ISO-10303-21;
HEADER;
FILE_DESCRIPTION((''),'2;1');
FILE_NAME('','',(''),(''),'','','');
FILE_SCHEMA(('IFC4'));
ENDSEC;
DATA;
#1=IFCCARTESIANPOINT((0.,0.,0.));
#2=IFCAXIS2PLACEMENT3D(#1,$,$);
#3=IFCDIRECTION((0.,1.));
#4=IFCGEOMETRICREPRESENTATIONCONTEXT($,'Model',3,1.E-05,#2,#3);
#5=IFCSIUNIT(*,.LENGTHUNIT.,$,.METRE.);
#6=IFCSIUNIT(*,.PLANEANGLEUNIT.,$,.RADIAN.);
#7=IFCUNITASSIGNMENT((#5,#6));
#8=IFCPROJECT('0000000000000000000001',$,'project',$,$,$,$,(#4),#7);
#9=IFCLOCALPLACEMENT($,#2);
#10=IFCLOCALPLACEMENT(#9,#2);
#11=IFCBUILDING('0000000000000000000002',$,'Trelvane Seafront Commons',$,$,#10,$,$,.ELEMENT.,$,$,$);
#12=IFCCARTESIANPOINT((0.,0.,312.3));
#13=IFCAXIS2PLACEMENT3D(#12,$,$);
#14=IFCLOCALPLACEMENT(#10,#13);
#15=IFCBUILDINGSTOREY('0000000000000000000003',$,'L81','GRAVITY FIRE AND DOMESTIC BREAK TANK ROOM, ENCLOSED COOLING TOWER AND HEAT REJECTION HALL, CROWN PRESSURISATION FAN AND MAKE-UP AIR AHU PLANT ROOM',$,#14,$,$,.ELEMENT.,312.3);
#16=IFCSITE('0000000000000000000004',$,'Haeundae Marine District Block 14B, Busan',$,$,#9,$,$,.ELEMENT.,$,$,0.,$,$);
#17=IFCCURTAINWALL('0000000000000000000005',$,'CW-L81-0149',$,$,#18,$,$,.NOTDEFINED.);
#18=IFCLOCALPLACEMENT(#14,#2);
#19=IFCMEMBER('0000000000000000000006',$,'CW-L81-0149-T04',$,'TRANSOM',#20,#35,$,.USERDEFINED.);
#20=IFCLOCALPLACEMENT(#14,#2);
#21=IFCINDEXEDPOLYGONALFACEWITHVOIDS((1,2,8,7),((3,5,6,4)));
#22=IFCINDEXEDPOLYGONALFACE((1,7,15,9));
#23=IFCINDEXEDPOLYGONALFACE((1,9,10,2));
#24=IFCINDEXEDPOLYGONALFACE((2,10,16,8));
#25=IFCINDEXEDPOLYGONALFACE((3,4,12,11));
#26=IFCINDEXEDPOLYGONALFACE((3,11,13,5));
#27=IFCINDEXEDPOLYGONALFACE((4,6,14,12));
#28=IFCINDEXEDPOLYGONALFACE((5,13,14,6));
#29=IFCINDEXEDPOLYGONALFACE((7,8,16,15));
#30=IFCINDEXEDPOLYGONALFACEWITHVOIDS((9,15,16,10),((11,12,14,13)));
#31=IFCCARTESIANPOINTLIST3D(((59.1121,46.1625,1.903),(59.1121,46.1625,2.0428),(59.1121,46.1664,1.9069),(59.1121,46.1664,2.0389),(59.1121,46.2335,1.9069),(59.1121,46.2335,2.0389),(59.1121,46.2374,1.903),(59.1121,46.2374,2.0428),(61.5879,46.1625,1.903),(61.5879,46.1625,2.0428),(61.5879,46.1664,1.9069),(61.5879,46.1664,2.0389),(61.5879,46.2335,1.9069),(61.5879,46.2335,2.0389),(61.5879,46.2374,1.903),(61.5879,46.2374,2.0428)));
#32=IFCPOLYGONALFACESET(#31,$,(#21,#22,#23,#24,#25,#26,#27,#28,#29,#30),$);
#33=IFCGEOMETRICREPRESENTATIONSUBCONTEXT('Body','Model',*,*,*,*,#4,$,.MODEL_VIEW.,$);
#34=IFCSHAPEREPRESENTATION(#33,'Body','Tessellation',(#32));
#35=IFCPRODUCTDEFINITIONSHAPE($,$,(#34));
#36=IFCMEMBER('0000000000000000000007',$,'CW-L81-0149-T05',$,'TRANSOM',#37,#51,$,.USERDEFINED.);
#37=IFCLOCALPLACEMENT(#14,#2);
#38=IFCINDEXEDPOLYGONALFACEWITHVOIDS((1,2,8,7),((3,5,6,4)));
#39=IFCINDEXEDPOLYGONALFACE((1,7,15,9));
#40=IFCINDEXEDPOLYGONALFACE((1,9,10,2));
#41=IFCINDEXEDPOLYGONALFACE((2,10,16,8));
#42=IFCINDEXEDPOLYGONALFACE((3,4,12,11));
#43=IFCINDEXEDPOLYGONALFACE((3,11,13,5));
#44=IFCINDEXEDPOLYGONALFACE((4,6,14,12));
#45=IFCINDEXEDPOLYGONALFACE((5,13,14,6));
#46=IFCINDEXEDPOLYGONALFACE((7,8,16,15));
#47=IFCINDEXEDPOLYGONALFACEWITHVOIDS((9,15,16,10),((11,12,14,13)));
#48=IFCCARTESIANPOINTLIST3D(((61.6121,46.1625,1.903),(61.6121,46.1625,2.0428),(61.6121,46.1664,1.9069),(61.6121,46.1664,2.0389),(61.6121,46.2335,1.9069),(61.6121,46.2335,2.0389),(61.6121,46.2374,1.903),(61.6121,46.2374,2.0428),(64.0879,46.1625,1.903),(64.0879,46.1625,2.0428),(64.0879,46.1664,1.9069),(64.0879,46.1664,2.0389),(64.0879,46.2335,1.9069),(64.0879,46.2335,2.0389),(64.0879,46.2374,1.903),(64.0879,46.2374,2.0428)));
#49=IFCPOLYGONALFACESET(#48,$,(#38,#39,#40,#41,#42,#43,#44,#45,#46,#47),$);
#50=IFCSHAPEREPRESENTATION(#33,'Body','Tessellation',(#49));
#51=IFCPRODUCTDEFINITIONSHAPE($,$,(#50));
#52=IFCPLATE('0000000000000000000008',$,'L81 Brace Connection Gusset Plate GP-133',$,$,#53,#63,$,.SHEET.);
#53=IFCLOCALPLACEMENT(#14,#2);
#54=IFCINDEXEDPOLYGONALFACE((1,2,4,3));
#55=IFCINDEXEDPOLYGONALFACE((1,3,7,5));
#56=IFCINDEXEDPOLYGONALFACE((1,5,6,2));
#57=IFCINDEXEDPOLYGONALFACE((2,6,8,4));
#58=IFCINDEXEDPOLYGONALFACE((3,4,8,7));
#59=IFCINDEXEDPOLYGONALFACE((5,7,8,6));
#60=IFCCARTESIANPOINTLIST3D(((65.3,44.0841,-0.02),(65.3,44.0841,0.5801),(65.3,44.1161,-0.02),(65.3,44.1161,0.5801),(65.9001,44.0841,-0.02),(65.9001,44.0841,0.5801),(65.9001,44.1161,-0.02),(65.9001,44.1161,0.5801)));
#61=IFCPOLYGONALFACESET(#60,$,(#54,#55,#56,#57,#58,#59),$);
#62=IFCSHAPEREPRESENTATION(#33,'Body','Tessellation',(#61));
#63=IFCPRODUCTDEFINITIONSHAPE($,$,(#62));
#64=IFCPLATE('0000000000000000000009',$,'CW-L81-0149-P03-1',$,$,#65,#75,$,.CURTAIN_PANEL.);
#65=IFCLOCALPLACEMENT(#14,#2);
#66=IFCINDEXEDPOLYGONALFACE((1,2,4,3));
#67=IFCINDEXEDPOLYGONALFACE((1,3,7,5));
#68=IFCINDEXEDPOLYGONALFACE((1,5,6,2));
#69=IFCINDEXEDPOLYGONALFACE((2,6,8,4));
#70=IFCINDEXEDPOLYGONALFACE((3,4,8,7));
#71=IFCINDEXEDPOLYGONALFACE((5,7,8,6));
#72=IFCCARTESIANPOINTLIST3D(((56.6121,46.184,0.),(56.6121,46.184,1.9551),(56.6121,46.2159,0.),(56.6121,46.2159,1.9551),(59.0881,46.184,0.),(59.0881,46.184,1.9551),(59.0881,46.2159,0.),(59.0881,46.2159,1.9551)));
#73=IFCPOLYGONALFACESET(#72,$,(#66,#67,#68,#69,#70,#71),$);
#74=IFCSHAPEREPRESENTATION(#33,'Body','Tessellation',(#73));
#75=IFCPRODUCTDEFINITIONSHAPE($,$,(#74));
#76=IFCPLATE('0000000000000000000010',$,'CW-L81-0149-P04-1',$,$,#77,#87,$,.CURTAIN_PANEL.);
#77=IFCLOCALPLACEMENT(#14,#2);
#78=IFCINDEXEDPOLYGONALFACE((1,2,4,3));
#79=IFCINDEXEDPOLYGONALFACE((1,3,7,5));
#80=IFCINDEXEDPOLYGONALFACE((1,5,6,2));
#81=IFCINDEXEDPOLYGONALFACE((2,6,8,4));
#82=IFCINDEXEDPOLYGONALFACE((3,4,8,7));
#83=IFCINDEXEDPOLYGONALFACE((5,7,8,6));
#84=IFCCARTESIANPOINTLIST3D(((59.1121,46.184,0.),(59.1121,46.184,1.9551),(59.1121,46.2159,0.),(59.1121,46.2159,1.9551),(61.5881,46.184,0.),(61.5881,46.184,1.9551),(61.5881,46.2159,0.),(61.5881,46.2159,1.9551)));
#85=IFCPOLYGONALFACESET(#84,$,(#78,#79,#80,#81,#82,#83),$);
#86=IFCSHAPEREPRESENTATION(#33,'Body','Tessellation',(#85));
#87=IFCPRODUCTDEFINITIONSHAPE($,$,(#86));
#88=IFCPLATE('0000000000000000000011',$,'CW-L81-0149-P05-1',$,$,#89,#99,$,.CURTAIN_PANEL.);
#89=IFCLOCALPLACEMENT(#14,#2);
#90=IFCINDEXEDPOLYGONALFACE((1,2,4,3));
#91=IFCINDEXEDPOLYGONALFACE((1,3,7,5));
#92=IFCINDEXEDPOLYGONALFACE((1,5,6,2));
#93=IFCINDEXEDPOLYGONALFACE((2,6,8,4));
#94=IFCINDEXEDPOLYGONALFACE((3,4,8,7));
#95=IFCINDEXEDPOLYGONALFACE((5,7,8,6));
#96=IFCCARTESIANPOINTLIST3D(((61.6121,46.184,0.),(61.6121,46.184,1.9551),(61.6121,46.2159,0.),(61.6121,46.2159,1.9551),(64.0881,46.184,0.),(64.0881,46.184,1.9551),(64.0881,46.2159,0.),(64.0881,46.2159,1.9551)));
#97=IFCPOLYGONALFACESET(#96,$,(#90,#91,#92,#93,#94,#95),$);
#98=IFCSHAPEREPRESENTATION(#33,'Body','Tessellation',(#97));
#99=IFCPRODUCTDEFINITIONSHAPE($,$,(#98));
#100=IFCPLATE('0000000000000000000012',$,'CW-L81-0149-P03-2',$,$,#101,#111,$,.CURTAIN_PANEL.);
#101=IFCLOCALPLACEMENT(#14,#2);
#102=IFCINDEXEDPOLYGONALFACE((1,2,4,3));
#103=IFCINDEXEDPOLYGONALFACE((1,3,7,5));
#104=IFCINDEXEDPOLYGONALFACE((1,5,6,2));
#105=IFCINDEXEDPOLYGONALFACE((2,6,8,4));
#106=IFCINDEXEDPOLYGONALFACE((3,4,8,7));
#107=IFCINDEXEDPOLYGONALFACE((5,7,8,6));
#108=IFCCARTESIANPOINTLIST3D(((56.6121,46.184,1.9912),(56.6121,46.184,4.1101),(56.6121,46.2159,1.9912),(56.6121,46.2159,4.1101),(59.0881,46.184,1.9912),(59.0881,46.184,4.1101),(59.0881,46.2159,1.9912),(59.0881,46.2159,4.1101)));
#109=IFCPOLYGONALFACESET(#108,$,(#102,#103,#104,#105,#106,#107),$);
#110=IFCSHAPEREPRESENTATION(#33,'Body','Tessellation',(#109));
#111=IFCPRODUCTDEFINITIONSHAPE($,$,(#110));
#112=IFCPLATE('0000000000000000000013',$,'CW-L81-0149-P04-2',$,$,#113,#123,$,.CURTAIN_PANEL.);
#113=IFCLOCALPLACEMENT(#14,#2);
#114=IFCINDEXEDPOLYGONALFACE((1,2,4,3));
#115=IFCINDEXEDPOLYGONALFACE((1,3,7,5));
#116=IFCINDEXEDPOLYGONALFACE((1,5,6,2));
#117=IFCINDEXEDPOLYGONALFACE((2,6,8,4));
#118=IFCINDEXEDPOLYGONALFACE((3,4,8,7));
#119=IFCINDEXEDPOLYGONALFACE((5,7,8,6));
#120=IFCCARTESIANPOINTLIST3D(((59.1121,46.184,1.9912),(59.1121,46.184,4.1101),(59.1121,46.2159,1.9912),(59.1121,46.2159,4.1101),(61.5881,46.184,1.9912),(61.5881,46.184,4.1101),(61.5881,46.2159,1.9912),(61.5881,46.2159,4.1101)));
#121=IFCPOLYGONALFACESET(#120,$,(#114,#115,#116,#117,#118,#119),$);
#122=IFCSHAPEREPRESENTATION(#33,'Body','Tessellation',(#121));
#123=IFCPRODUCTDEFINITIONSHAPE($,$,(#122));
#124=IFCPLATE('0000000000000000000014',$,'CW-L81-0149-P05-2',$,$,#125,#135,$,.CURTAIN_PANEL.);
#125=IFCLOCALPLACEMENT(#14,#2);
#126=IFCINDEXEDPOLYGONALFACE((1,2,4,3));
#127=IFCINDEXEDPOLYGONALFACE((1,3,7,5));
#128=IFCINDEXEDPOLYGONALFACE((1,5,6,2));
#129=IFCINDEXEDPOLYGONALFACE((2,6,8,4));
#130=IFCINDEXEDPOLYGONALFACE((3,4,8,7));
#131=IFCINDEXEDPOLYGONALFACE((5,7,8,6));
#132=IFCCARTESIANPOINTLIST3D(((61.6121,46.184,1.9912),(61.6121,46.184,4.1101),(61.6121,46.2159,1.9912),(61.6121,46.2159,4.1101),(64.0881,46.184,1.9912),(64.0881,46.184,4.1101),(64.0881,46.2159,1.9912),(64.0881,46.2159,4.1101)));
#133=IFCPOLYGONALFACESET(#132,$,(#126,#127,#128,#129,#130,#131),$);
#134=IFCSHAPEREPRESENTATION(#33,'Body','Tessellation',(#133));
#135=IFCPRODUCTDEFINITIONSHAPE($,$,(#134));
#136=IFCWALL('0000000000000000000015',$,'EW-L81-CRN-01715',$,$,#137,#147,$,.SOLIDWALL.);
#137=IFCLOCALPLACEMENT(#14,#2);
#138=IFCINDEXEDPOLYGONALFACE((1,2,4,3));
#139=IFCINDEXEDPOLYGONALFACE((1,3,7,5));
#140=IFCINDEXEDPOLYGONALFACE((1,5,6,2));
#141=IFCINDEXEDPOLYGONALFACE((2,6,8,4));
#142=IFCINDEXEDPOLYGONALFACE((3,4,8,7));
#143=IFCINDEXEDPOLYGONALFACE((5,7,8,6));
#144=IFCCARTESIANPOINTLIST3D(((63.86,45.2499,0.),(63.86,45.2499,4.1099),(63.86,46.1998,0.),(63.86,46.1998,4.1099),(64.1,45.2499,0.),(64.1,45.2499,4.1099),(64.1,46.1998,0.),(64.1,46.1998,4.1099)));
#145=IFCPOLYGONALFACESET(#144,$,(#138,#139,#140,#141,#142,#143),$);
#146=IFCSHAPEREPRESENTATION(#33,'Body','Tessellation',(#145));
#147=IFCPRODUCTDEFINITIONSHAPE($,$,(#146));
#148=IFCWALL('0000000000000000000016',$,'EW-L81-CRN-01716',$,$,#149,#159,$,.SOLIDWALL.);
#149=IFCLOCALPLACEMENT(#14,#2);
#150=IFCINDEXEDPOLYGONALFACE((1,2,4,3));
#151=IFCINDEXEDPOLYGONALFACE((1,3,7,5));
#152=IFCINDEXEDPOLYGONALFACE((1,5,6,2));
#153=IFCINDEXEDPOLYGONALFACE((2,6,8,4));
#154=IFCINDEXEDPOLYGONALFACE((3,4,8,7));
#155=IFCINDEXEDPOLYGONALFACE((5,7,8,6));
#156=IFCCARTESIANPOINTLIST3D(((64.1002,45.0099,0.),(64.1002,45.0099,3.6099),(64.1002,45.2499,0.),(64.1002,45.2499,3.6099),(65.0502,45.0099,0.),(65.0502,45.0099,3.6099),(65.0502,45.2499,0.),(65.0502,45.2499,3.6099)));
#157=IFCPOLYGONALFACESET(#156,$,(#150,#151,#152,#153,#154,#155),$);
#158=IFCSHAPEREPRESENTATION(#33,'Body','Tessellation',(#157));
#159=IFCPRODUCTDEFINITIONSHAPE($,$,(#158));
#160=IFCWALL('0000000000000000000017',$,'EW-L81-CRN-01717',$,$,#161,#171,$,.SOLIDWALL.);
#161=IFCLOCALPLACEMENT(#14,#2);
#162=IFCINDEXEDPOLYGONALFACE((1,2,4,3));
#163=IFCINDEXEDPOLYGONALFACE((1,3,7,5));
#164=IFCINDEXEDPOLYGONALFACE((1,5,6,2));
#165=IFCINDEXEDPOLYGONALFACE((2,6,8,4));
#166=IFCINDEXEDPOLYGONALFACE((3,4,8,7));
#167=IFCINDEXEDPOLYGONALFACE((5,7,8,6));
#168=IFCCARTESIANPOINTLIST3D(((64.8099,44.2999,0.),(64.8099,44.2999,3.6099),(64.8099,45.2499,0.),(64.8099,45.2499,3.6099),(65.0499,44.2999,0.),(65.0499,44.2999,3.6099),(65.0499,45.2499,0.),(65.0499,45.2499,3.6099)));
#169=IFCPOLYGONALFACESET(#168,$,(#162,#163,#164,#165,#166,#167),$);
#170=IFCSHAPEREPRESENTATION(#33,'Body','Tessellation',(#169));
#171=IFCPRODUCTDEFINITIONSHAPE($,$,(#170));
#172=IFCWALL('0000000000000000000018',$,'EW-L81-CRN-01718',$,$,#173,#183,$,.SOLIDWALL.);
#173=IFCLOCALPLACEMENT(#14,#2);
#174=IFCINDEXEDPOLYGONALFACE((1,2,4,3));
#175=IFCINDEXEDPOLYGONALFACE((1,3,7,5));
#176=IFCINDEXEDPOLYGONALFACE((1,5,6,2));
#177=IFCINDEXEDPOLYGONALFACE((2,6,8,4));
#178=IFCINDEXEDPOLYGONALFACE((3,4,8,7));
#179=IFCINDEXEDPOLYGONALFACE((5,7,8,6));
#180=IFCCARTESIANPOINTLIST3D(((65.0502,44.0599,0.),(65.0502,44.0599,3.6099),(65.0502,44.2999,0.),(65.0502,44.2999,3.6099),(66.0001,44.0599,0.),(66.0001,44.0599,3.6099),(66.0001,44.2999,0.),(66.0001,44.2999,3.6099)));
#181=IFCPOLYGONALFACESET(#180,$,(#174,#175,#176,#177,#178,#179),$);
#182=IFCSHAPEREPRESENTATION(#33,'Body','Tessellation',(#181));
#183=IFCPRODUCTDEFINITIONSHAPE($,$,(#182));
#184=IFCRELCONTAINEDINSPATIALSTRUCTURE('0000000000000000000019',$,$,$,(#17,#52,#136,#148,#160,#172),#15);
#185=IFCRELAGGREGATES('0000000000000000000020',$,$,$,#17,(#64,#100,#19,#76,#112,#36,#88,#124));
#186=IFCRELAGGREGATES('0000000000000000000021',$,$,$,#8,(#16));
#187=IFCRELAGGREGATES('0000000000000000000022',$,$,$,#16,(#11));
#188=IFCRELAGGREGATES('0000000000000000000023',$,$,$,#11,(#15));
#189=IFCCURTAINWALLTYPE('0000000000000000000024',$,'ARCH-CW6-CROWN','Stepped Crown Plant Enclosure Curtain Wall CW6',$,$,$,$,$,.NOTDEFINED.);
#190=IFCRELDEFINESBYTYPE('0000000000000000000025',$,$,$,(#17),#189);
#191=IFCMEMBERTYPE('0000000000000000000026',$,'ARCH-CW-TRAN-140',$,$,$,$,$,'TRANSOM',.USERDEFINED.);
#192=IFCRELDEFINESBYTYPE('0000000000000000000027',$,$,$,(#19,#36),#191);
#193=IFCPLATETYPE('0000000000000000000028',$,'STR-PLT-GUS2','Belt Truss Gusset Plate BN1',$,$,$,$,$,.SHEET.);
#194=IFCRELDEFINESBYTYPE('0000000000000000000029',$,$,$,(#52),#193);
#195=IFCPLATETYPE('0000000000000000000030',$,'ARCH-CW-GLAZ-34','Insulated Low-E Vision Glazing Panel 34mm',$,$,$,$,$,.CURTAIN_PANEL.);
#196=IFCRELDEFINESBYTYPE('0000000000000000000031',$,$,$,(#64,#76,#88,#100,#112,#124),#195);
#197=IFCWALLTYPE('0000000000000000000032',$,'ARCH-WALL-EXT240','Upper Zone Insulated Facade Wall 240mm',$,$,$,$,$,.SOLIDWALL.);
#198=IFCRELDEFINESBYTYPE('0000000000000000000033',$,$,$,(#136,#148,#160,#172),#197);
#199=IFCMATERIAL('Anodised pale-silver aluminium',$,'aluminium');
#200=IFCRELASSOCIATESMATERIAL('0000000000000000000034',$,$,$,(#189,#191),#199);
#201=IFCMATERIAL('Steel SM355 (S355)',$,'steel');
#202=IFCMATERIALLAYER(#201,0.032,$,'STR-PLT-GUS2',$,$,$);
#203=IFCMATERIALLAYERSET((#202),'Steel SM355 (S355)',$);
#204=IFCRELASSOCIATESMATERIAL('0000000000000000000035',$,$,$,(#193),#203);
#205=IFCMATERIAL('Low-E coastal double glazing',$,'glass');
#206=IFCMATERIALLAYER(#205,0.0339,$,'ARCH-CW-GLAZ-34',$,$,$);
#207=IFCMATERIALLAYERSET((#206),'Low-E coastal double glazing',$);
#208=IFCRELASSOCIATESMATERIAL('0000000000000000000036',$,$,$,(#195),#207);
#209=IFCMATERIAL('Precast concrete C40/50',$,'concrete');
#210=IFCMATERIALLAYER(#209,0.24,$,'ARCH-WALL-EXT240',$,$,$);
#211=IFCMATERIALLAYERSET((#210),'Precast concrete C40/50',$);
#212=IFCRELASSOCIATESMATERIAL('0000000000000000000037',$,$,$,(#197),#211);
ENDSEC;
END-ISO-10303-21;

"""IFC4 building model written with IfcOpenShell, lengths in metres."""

from ifc_helpers import new_model, si_unit, direction, frame, frame_2d, origin, origin_2d, place, context, subcontext, project, spatial, rectangle, hollow_rectangle, extrude, source, transform, mapped, material, layer, layer_set, material_profile, profile_set, type_object, element, aggregate, save


model = new_model("IFC4")

# Units and contexts
model_context = context("Model", 3, precision=1e-05, world=origin(), true_north=direction((0.0, 1.0)))
body_context = subcontext(model_context, "Body", "Model", "MODEL_VIEW")
ifc_project = project(units=[si_unit("LENGTHUNIT", "METRE"), si_unit("PLANEANGLEUNIT", "RADIAN")], contexts=[model_context])

# Site, building, storey
site_placement = place(None, origin())
site = spatial("IfcSite", under=ifc_project, at=site_placement, Name="Haeundae Marine District Block 14B, Busan", CompositionType="ELEMENT", RefElevation=0.0)
building_placement = place(site_placement, origin())
building = spatial("IfcBuilding", under=site, at=building_placement, Name="Trelvane Seafront Commons", CompositionType="ELEMENT")
storey_placement = place(building_placement, frame((0.0, 0.0, 312.3)))
storey = spatial("IfcBuildingStorey", under=building, at=storey_placement, Name="L81", Description="GRAVITY FIRE AND DOMESTIC BREAK TANK ROOM, ENCLOSED COOLING TOWER AND HEAT REJECTION HALL, CROWN PRESSURISATION FAN AND MAKE-UP AIR AHU PLANT ROOM", CompositionType="ELEMENT", Elevation=312.3)

# Shared definitions
ifc_material_1 = material(Name="Steel SM355 (S355)", Category="steel")

# Curtain wall
ifc_material_2 = material(Name="Anodised pale-silver aluminium", Category="aluminium")
curtain_wall_type = type_object("IfcCurtainWallType", Name="ARCH-CW6-CROWN", Description="Stepped Crown Plant Enclosure Curtain Wall CW6", PredefinedType="NOTDEFINED", material=ifc_material_2)
curtain_wall_1_placement = place(storey_placement, origin())
curtain_wall_1 = element("IfcCurtainWall", 1, at=curtain_wall_1_placement, inside=storey, type_object=curtain_wall_type, Name="CW-L81-0149", PredefinedType="NOTDEFINED")
ifc_material_profile_1 = material_profile(ifc_material_2, hollow_rectangle(XDim=0.075, YDim=0.1399, WallThickness=0.0039, at=origin_2d()), Name="TRAN-75x140x4")
ifc_profile_set_1 = profile_set([ifc_material_profile_1], Name="Anodised pale-silver aluminium")
member_type_1 = type_object("IfcMemberType", Name="ARCH-CW-TRAN-140", ElementType="TRANSOM", PredefinedType="USERDEFINED", material=ifc_profile_set_1)

# Members
shared_shape_1 = source(origin(), body_context, "Body", "SweptSolid", [
    extrude(hollow_rectangle(XDim=0.075, YDim=0.1399, WallThickness=0.0039, at=origin_2d()), origin(), (0.0, 0.0, 1.0), 2.4758),
])
member_1_placement = place(storey_placement, frame((59.1121, 46.2, 1.9729), z_axis=(1.0, 0.0, 0.0), x_axis=(0.0, 1.0, 0.0)))
member_1 = element("IfcMember", 2, at=member_1_placement, type_object=member_type_1, Name="CW-L81-0149-T04", ObjectType="TRANSOM", PredefinedType="USERDEFINED", context=body_context, shape_type="MappedRepresentation", body=[
    mapped(shared_shape_1, transform((0.0, 0.0, 0.0), x_axis=(1.0, 0.0, 0.0), y_axis=(0.0, 1.0, 0.0), z_axis=(0.0, 0.0, 1.0), scale=1.0)),
])
member_2_placement = place(storey_placement, frame((61.6121, 46.2, 1.9729), z_axis=(1.0, 0.0, 0.0), x_axis=(0.0, 1.0, 0.0)))
member_2 = element("IfcMember", 3, at=member_2_placement, type_object=member_type_1, Name="CW-L81-0149-T05", ObjectType="TRANSOM", PredefinedType="USERDEFINED", context=body_context, shape_type="MappedRepresentation", body=[
    mapped(shared_shape_1, transform((0.0, 0.0, 0.0), x_axis=(1.0, 0.0, 0.0), y_axis=(0.0, 1.0, 0.0), z_axis=(0.0, 0.0, 1.0), scale=1.0)),
])

# Plates
ifc_layer_1 = layer(ifc_material_1, 0.032, Name="STR-PLT-GUS2")
ifc_layer_set_1 = layer_set([ifc_layer_1], Name="Steel SM355 (S355)")
plate_type_1 = type_object("IfcPlateType", Name="STR-PLT-GUS2", Description="Belt Truss Gusset Plate BN1", PredefinedType="SHEET", material=ifc_layer_set_1)
shared_shape_2 = source(origin(), body_context, "Body", "SweptSolid", [
    extrude(rectangle(XDim=0.6001, YDim=0.032, at=origin_2d()), origin(), (0.0, 0.0, 1.0), 0.6001),
])
plate_1_placement = place(storey_placement, frame((65.6001, 44.1001, -0.02), z_axis=(0.0, 0.0, 1.0), x_axis=(1.0, 0.0, 0.0)))
element("IfcPlate", 4, at=plate_1_placement, inside=storey, type_object=plate_type_1, Name="L81 Brace Connection Gusset Plate GP-133", PredefinedType="SHEET", context=body_context, shape_type="MappedRepresentation", body=[
    mapped(shared_shape_2, transform((0.0, 0.0, 0.0), x_axis=(1.0, 0.0, 0.0), y_axis=(0.0, 1.0, 0.0), z_axis=(0.0, 0.0, 1.0), scale=1.0)),
])
ifc_material_3 = material(Name="Low-E coastal double glazing", Category="glass")
ifc_layer_2 = layer(ifc_material_3, 0.0339, Name="ARCH-CW-GLAZ-34")
ifc_layer_set_2 = layer_set([ifc_layer_2], Name="Low-E coastal double glazing")
plate_type_2 = type_object("IfcPlateType", Name="ARCH-CW-GLAZ-34", Description="Insulated Low-E Vision Glazing Panel 34mm", PredefinedType="CURTAIN_PANEL", material=ifc_layer_set_2)
shared_shape_3 = source(origin(), body_context, "Body", "SweptSolid", [
    extrude(rectangle(XDim=2.4761, YDim=0.032, at=origin_2d()), origin(), (0.0, 0.0, 1.0), 1.9551),
])
plate_2_placement = place(storey_placement, frame((57.8501, 46.2, 0.0), z_axis=(0.0, 0.0, 1.0), x_axis=(1.0, 0.0, 0.0)))
plate_2 = element("IfcPlate", 5, at=plate_2_placement, type_object=plate_type_2, Name="CW-L81-0149-P03-1", PredefinedType="CURTAIN_PANEL", context=body_context, shape_type="MappedRepresentation", body=[
    mapped(shared_shape_3, transform((0.0, 0.0, 0.0), x_axis=(1.0, 0.0, 0.0), y_axis=(0.0, 1.0, 0.0), z_axis=(0.0, 0.0, 1.0), scale=1.0)),
])
plate_3_placement = place(storey_placement, frame((60.3501, 46.2, 0.0), z_axis=(0.0, 0.0, 1.0), x_axis=(1.0, 0.0, 0.0)))
plate_3 = element("IfcPlate", 6, at=plate_3_placement, type_object=plate_type_2, Name="CW-L81-0149-P04-1", PredefinedType="CURTAIN_PANEL", context=body_context, shape_type="MappedRepresentation", body=[
    mapped(shared_shape_3, transform((0.0, 0.0, 0.0), x_axis=(1.0, 0.0, 0.0), y_axis=(0.0, 1.0, 0.0), z_axis=(0.0, 0.0, 1.0), scale=1.0)),
])
plate_4_placement = place(storey_placement, frame((62.8501, 46.2, 0.0), z_axis=(0.0, 0.0, 1.0), x_axis=(1.0, 0.0, 0.0)))
plate_4 = element("IfcPlate", 7, at=plate_4_placement, type_object=plate_type_2, Name="CW-L81-0149-P05-1", PredefinedType="CURTAIN_PANEL", context=body_context, shape_type="MappedRepresentation", body=[
    mapped(shared_shape_3, transform((0.0, 0.0, 0.0), x_axis=(1.0, 0.0, 0.0), y_axis=(0.0, 1.0, 0.0), z_axis=(0.0, 0.0, 1.0), scale=1.0)),
])
shared_shape_4 = source(origin(), body_context, "Body", "SweptSolid", [
    extrude(rectangle(XDim=2.4761, YDim=0.032, at=origin_2d()), origin(), (0.0, 0.0, 1.0), 2.1189),
])
plate_5_placement = place(storey_placement, frame((57.8501, 46.2, 1.9912), z_axis=(0.0, 0.0, 1.0), x_axis=(1.0, 0.0, 0.0)))
plate_5 = element("IfcPlate", 8, at=plate_5_placement, type_object=plate_type_2, Name="CW-L81-0149-P03-2", PredefinedType="CURTAIN_PANEL", context=body_context, shape_type="MappedRepresentation", body=[
    mapped(shared_shape_4, transform((0.0, 0.0, 0.0), x_axis=(1.0, 0.0, 0.0), y_axis=(0.0, 1.0, 0.0), z_axis=(0.0, 0.0, 1.0), scale=1.0)),
])
plate_6_placement = place(storey_placement, frame((60.3501, 46.2, 1.9912), z_axis=(0.0, 0.0, 1.0), x_axis=(1.0, 0.0, 0.0)))
plate_6 = element("IfcPlate", 9, at=plate_6_placement, type_object=plate_type_2, Name="CW-L81-0149-P04-2", PredefinedType="CURTAIN_PANEL", context=body_context, shape_type="MappedRepresentation", body=[
    mapped(shared_shape_4, transform((0.0, 0.0, 0.0), x_axis=(1.0, 0.0, 0.0), y_axis=(0.0, 1.0, 0.0), z_axis=(0.0, 0.0, 1.0), scale=1.0)),
])
plate_7_placement = place(storey_placement, frame((62.8501, 46.2, 1.9912), z_axis=(0.0, 0.0, 1.0), x_axis=(1.0, 0.0, 0.0)))
plate_7 = element("IfcPlate", 10, at=plate_7_placement, type_object=plate_type_2, Name="CW-L81-0149-P05-2", PredefinedType="CURTAIN_PANEL", context=body_context, shape_type="MappedRepresentation", body=[
    mapped(shared_shape_4, transform((0.0, 0.0, 0.0), x_axis=(1.0, 0.0, 0.0), y_axis=(0.0, 1.0, 0.0), z_axis=(0.0, 0.0, 1.0), scale=1.0)),
])
aggregate(curtain_wall_1, [plate_2, plate_5, member_1, plate_3, plate_6, member_2, plate_4, plate_7])

# Walls
ifc_material_4 = material(Name="Precast concrete C40/50", Category="concrete")
ifc_layer_3 = layer(ifc_material_4, 0.24, Name="ARCH-WALL-EXT240")
ifc_layer_set_3 = layer_set([ifc_layer_3], Name="Precast concrete C40/50")
wall_type = type_object("IfcWallType", Name="ARCH-WALL-EXT240", Description="Upper Zone Insulated Facade Wall 240mm", PredefinedType="SOLIDWALL", material=ifc_layer_set_3)
wall_placement = place(storey_placement, frame((63.98, 46.2, 0.0), z_axis=(0.0, 0.0, 1.0), x_axis=(0.0, -1.0, 0.0)))
element("IfcWall", 11, at=wall_placement, inside=storey, type_object=wall_type, Name="EW-L81-CRN-01715", PredefinedType="SOLIDWALL", context=body_context, shape_type="SweptSolid", body=[
    extrude(rectangle(XDim=0.95, YDim=0.24, at=frame_2d((0.4751, 0.0))), origin(), (0.0, 0.0, 1.0), 4.1099),
])
for number, where, z_axis, x_axis, name in (
    (12, (64.1001, 45.1299, 0.0), (0.0, 0.0, 1.0), (1.0, 0.0, 0.0), "EW-L81-CRN-01716"),
    (13, (64.9299, 45.25, 0.0), (0.0, 0.0, 1.0), (0.0, -1.0, 0.0), "EW-L81-CRN-01717"),
    (14, (65.05, 44.1799, 0.0), (0.0, 0.0, 1.0), (1.0, 0.0, 0.0), "EW-L81-CRN-01718"),
):
    element("IfcWall", number, at=place(storey_placement, frame(where, z_axis=z_axis, x_axis=x_axis)), inside=storey, type_object=wall_type, Name=name, PredefinedType="SOLIDWALL", context=body_context, shape_type="SweptSolid", body=[
        extrude(rectangle(XDim=0.95, YDim=0.24, at=frame_2d((0.4751, 0.0))), origin(), (0.0, 0.0, 1.0), 3.6099),
    ])

save(model, "model.ifc")
